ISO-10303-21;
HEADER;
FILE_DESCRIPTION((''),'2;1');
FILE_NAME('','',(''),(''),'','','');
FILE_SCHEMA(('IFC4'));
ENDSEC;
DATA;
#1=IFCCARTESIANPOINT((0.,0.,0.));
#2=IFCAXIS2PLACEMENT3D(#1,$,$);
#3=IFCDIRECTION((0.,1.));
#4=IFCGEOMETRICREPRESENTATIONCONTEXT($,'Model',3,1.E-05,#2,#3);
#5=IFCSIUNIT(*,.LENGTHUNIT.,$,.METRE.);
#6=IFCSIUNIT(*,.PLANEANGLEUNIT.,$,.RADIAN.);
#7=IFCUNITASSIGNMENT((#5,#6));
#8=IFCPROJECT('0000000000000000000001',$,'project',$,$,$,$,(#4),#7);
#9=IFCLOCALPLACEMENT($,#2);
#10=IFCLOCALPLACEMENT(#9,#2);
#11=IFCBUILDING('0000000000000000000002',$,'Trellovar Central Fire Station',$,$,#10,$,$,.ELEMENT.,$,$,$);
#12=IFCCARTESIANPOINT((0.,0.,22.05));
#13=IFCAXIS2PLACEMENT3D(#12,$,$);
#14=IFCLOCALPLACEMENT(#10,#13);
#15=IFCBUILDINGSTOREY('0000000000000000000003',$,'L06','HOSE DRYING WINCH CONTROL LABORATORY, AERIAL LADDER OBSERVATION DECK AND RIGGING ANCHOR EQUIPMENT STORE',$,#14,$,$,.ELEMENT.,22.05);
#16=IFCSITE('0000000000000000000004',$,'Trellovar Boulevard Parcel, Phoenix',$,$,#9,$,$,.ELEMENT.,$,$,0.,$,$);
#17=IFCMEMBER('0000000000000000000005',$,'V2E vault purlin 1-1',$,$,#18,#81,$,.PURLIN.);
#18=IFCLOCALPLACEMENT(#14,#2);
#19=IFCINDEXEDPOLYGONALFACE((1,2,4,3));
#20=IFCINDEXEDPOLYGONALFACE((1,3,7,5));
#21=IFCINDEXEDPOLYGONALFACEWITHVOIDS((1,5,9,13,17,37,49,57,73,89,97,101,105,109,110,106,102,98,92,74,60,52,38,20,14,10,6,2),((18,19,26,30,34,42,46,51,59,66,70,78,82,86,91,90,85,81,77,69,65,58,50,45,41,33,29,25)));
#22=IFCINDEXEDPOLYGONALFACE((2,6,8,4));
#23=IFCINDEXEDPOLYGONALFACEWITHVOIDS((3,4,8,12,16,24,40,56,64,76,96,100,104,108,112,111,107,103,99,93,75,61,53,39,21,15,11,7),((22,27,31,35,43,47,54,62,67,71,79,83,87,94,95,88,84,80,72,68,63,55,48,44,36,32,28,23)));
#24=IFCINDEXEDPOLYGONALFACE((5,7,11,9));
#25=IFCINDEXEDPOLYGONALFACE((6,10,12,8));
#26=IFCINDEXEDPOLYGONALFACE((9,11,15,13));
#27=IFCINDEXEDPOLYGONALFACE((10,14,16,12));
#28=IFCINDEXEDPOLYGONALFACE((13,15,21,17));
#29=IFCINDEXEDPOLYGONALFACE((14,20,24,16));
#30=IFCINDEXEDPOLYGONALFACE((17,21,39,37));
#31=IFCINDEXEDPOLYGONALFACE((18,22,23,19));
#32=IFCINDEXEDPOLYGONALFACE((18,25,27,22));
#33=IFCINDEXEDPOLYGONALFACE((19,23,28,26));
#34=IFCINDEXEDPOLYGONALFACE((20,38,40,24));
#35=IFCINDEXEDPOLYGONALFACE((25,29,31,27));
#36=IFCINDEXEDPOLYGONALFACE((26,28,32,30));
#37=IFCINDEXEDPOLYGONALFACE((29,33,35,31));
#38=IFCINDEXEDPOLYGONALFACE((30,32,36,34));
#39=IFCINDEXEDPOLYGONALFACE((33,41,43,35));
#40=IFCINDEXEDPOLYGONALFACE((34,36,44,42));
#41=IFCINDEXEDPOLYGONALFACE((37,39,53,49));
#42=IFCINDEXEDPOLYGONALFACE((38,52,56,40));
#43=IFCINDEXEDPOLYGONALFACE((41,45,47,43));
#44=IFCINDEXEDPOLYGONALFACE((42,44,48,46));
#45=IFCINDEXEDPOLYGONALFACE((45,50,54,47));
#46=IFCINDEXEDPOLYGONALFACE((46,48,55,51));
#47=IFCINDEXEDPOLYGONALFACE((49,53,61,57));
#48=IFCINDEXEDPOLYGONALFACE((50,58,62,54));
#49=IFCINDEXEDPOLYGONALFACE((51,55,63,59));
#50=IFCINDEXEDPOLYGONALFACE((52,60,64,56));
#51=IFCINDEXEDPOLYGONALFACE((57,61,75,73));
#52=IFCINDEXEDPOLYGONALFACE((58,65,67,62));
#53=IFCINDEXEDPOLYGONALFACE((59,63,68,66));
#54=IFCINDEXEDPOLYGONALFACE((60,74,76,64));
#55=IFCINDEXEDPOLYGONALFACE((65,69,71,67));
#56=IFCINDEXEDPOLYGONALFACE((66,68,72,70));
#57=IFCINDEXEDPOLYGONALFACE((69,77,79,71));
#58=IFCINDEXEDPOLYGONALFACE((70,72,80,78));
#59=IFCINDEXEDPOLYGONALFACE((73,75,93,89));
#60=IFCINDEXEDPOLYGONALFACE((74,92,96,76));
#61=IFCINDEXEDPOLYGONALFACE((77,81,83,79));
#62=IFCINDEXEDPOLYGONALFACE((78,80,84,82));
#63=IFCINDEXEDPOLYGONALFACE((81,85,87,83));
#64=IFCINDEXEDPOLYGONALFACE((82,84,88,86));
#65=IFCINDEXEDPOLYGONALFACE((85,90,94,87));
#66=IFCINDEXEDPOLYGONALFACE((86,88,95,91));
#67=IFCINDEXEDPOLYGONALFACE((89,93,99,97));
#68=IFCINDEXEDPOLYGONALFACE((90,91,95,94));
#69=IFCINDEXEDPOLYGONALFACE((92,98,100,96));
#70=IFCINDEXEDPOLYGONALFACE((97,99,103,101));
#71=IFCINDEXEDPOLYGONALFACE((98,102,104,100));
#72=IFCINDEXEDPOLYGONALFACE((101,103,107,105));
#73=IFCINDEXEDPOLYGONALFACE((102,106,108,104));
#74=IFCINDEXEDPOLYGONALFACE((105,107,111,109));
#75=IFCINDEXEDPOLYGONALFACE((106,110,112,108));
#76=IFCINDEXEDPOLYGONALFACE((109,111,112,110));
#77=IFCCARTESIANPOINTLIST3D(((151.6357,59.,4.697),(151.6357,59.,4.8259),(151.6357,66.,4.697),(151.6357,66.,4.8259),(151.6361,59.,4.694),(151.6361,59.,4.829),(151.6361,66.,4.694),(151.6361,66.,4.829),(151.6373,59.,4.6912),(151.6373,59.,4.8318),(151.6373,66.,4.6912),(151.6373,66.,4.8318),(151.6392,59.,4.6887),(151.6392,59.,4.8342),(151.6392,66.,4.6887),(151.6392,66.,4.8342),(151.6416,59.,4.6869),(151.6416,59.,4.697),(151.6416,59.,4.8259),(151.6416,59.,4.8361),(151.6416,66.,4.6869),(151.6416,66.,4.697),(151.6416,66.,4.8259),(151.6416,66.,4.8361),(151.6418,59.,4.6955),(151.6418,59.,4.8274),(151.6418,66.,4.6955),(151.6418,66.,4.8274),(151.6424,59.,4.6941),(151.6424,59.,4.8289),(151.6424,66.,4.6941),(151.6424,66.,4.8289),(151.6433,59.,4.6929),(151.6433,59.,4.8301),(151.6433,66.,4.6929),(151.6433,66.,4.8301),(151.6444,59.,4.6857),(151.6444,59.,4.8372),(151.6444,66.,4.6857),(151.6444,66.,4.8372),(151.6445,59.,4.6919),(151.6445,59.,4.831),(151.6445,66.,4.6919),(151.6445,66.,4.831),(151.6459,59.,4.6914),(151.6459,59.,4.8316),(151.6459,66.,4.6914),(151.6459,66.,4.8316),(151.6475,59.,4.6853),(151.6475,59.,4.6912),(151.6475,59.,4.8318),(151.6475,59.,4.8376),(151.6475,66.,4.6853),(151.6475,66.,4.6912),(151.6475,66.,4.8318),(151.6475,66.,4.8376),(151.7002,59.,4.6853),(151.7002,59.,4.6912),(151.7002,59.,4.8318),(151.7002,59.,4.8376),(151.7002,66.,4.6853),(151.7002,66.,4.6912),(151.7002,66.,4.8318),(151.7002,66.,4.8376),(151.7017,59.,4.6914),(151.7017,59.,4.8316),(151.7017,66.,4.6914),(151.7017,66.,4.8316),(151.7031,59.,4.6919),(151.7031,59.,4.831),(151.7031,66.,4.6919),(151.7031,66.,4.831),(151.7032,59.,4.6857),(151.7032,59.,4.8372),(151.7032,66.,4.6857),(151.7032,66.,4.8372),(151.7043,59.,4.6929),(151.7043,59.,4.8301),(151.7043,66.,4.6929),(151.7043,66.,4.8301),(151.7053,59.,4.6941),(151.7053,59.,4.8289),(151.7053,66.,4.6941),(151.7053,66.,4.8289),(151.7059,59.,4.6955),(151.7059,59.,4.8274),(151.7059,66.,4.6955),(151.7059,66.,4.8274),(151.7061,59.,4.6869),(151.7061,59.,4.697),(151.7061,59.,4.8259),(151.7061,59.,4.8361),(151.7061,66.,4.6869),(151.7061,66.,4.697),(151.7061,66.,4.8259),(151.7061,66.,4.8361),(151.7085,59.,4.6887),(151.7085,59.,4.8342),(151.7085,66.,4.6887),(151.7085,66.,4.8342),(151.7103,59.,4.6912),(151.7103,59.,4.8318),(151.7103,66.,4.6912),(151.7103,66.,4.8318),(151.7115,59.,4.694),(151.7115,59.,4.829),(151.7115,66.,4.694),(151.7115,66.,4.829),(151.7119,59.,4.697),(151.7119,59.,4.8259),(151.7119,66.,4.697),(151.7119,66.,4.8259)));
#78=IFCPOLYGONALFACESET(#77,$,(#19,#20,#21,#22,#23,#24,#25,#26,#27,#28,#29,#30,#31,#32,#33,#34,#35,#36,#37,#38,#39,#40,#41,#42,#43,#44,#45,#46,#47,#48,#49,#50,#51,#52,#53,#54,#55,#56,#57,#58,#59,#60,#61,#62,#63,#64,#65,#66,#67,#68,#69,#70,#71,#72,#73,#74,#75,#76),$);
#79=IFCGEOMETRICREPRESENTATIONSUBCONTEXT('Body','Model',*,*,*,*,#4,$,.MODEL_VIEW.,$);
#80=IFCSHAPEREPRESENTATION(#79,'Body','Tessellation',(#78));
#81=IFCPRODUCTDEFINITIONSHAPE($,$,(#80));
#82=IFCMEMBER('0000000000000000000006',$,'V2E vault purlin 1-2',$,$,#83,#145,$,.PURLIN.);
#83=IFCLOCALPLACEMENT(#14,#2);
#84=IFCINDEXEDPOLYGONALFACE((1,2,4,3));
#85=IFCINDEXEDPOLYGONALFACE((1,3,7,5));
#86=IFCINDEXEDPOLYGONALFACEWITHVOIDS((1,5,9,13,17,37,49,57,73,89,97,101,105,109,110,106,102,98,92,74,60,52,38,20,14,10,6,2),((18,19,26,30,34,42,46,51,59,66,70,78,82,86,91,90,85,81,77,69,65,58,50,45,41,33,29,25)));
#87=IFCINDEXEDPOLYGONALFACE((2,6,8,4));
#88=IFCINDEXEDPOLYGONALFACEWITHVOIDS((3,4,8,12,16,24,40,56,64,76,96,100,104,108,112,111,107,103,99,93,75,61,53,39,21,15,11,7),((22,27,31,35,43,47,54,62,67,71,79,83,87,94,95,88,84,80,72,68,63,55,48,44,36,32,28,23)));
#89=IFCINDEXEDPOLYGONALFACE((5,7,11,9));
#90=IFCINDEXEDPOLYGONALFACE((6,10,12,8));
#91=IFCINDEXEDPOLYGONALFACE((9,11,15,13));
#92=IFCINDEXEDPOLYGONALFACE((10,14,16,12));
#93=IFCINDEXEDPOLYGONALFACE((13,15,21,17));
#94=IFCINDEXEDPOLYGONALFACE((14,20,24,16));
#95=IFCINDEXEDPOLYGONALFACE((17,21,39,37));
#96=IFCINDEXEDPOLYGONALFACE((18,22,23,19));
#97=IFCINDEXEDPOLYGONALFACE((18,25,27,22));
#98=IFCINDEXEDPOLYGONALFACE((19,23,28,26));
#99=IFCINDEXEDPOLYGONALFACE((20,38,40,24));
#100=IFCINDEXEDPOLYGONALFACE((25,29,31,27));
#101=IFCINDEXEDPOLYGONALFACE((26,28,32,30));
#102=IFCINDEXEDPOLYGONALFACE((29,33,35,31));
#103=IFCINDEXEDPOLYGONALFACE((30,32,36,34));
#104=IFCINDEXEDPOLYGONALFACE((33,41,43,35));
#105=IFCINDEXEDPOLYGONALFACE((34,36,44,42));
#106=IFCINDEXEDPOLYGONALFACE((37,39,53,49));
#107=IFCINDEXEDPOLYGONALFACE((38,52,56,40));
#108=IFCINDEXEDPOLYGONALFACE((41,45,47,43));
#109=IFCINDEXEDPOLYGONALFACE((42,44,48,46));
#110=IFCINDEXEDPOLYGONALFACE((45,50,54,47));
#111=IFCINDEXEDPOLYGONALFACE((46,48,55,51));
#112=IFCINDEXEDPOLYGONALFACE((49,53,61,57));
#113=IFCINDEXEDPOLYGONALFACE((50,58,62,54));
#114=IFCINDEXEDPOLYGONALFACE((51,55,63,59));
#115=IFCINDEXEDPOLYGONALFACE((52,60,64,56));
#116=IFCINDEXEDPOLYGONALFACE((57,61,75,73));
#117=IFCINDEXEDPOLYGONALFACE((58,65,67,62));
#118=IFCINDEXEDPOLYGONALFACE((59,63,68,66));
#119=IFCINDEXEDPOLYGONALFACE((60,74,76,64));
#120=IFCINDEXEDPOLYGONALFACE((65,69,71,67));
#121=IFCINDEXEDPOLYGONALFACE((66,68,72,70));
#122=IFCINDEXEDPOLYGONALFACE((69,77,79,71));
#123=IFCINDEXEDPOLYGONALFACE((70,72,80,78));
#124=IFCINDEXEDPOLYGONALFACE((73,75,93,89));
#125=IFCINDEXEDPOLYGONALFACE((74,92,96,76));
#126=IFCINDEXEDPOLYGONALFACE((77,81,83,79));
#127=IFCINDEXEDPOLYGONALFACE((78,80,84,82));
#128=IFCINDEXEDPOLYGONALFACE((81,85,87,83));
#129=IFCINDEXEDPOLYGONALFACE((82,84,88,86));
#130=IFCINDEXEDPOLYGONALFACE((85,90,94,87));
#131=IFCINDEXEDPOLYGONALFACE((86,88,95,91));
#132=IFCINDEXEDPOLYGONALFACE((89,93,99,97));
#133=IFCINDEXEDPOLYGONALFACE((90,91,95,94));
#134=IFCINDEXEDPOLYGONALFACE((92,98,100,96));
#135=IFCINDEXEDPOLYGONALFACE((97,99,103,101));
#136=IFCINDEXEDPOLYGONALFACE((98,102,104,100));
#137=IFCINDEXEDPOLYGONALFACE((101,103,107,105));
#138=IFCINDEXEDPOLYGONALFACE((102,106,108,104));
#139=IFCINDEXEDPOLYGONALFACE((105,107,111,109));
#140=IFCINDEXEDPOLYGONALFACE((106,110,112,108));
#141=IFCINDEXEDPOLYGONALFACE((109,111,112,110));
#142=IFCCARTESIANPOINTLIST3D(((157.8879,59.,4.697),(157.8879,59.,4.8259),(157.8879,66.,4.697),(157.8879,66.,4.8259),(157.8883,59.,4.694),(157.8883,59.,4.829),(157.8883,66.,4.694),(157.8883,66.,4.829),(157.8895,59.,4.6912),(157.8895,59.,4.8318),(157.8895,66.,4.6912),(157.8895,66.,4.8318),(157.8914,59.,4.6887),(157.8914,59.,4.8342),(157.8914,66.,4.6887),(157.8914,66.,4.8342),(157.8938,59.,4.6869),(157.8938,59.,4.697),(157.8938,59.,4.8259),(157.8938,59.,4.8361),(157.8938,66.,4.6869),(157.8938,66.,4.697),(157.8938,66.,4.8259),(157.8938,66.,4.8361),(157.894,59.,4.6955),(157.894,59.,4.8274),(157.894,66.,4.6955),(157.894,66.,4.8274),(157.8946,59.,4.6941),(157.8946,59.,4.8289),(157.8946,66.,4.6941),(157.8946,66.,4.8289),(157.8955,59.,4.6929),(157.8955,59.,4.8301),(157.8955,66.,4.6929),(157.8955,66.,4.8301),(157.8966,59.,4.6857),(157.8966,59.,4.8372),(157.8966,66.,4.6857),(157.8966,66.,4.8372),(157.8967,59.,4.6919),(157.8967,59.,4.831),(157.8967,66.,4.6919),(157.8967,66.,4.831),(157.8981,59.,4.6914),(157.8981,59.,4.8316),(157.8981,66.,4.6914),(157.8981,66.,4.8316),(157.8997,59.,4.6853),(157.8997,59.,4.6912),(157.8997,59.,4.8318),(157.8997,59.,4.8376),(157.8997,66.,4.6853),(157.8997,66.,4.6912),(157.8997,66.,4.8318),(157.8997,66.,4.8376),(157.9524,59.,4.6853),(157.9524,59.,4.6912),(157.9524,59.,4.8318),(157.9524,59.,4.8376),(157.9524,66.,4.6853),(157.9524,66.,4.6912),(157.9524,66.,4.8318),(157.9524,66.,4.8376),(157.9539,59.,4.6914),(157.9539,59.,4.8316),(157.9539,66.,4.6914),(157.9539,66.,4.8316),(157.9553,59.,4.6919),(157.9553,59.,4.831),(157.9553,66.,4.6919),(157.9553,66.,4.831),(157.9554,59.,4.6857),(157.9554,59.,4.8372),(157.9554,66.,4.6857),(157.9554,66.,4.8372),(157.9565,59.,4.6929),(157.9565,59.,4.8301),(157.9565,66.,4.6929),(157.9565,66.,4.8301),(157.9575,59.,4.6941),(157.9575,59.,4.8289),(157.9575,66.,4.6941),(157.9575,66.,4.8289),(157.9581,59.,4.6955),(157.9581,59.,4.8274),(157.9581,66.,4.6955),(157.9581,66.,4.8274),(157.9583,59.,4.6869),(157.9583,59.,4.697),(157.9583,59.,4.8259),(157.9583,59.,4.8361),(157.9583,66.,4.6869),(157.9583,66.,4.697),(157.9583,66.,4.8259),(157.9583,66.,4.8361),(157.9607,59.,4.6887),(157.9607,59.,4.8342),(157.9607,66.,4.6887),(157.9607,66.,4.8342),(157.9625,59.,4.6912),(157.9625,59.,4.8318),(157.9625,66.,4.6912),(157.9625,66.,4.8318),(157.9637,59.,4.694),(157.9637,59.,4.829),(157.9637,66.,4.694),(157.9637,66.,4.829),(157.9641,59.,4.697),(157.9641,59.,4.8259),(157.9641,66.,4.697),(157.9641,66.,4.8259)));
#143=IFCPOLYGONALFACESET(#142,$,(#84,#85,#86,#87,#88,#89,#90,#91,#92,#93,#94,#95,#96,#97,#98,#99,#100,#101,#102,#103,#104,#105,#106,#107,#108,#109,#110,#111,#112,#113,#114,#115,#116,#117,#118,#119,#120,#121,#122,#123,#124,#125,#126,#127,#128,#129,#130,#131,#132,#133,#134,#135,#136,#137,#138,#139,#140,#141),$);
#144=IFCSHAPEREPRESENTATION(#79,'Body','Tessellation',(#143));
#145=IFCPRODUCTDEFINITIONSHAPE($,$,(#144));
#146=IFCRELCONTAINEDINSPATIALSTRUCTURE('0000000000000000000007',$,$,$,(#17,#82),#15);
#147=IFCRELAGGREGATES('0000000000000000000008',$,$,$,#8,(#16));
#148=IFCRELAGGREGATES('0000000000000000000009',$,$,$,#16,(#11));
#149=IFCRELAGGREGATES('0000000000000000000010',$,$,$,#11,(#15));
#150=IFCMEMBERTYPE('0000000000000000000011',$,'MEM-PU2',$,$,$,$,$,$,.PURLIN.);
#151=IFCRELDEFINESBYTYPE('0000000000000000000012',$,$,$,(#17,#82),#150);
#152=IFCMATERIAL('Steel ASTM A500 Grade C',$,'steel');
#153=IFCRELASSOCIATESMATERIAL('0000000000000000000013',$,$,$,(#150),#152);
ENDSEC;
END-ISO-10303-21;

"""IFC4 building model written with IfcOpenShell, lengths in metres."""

from ifc_helpers import new_model, si_unit, direction, frame, origin, origin_2d, place, context, subcontext, project, spatial, hollow_rectangle, extrude, material, material_profile, profile_set, type_object, element, save


model = new_model("IFC4")

# Units and contexts
model_context = context("Model", 3, precision=1e-05, world=origin(), true_north=direction((0.0, 1.0)))
body_context = subcontext(model_context, "Body", "Model", "MODEL_VIEW")
ifc_project = project(units=[si_unit("LENGTHUNIT", "METRE"), si_unit("PLANEANGLEUNIT", "RADIAN")], contexts=[model_context])

# Site, building, storey
site_placement = place(None, origin())
site = spatial("IfcSite", under=ifc_project, at=site_placement, Name="Trellovar Boulevard Parcel, Phoenix", CompositionType="ELEMENT", RefElevation=0.0)
building_placement = place(site_placement, origin())
building = spatial("IfcBuilding", under=site, at=building_placement, Name="Trellovar Central Fire Station", CompositionType="ELEMENT")
storey_placement = place(building_placement, frame((0.0, 0.0, 22.05)))
storey = spatial("IfcBuildingStorey", under=building, at=storey_placement, Name="L06", Description="HOSE DRYING WINCH CONTROL LABORATORY, AERIAL LADDER OBSERVATION DECK AND RIGGING ANCHOR EQUIPMENT STORE", CompositionType="ELEMENT", Elevation=22.05)

# Members
ifc_material_1 = material(Name="Steel ASTM A500 Grade C", Category="steel")
ifc_material_profile_1 = material_profile(ifc_material_1, hollow_rectangle(XDim=0.0762, YDim=0.1523, WallThickness=0.0059, InnerFilletRadius=0.0059, OuterFilletRadius=0.0117, at=origin_2d()), Name="HSS6X3X1/4")
ifc_profile_set_1 = profile_set([ifc_material_profile_1], Name="Steel ASTM A500 Grade C")
member_type_1 = type_object("IfcMemberType", Name="MEM-PU2", PredefinedType="PURLIN", material=ifc_profile_set_1)
for number, where, z_axis, x_axis, name in (
    (1, (151.6738, 59.0, 4.7615), (0.0, 1.0, 0.0), (-1.0, 0.0, 0.0), "V2E vault purlin 1-1"),
    (2, (157.926, 59.0, 4.7615), (0.0, 1.0, 0.0), (-1.0, 0.0, 0.0), "V2E vault purlin 1-2"),
):
    element("IfcMember", number, at=place(storey_placement, frame(where, z_axis=z_axis, x_axis=x_axis)), inside=storey, type_object=member_type_1, Name=name, PredefinedType="PURLIN", context=body_context, shape_type="SweptSolid", body=[
        extrude(hollow_rectangle(XDim=0.0762, YDim=0.1523, WallThickness=0.0059, InnerFilletRadius=0.0059, OuterFilletRadius=0.0117, at=origin_2d()), origin(), (0.0, 0.0, 1.0), 7.0),
    ])

save(model, "model.ifc")
